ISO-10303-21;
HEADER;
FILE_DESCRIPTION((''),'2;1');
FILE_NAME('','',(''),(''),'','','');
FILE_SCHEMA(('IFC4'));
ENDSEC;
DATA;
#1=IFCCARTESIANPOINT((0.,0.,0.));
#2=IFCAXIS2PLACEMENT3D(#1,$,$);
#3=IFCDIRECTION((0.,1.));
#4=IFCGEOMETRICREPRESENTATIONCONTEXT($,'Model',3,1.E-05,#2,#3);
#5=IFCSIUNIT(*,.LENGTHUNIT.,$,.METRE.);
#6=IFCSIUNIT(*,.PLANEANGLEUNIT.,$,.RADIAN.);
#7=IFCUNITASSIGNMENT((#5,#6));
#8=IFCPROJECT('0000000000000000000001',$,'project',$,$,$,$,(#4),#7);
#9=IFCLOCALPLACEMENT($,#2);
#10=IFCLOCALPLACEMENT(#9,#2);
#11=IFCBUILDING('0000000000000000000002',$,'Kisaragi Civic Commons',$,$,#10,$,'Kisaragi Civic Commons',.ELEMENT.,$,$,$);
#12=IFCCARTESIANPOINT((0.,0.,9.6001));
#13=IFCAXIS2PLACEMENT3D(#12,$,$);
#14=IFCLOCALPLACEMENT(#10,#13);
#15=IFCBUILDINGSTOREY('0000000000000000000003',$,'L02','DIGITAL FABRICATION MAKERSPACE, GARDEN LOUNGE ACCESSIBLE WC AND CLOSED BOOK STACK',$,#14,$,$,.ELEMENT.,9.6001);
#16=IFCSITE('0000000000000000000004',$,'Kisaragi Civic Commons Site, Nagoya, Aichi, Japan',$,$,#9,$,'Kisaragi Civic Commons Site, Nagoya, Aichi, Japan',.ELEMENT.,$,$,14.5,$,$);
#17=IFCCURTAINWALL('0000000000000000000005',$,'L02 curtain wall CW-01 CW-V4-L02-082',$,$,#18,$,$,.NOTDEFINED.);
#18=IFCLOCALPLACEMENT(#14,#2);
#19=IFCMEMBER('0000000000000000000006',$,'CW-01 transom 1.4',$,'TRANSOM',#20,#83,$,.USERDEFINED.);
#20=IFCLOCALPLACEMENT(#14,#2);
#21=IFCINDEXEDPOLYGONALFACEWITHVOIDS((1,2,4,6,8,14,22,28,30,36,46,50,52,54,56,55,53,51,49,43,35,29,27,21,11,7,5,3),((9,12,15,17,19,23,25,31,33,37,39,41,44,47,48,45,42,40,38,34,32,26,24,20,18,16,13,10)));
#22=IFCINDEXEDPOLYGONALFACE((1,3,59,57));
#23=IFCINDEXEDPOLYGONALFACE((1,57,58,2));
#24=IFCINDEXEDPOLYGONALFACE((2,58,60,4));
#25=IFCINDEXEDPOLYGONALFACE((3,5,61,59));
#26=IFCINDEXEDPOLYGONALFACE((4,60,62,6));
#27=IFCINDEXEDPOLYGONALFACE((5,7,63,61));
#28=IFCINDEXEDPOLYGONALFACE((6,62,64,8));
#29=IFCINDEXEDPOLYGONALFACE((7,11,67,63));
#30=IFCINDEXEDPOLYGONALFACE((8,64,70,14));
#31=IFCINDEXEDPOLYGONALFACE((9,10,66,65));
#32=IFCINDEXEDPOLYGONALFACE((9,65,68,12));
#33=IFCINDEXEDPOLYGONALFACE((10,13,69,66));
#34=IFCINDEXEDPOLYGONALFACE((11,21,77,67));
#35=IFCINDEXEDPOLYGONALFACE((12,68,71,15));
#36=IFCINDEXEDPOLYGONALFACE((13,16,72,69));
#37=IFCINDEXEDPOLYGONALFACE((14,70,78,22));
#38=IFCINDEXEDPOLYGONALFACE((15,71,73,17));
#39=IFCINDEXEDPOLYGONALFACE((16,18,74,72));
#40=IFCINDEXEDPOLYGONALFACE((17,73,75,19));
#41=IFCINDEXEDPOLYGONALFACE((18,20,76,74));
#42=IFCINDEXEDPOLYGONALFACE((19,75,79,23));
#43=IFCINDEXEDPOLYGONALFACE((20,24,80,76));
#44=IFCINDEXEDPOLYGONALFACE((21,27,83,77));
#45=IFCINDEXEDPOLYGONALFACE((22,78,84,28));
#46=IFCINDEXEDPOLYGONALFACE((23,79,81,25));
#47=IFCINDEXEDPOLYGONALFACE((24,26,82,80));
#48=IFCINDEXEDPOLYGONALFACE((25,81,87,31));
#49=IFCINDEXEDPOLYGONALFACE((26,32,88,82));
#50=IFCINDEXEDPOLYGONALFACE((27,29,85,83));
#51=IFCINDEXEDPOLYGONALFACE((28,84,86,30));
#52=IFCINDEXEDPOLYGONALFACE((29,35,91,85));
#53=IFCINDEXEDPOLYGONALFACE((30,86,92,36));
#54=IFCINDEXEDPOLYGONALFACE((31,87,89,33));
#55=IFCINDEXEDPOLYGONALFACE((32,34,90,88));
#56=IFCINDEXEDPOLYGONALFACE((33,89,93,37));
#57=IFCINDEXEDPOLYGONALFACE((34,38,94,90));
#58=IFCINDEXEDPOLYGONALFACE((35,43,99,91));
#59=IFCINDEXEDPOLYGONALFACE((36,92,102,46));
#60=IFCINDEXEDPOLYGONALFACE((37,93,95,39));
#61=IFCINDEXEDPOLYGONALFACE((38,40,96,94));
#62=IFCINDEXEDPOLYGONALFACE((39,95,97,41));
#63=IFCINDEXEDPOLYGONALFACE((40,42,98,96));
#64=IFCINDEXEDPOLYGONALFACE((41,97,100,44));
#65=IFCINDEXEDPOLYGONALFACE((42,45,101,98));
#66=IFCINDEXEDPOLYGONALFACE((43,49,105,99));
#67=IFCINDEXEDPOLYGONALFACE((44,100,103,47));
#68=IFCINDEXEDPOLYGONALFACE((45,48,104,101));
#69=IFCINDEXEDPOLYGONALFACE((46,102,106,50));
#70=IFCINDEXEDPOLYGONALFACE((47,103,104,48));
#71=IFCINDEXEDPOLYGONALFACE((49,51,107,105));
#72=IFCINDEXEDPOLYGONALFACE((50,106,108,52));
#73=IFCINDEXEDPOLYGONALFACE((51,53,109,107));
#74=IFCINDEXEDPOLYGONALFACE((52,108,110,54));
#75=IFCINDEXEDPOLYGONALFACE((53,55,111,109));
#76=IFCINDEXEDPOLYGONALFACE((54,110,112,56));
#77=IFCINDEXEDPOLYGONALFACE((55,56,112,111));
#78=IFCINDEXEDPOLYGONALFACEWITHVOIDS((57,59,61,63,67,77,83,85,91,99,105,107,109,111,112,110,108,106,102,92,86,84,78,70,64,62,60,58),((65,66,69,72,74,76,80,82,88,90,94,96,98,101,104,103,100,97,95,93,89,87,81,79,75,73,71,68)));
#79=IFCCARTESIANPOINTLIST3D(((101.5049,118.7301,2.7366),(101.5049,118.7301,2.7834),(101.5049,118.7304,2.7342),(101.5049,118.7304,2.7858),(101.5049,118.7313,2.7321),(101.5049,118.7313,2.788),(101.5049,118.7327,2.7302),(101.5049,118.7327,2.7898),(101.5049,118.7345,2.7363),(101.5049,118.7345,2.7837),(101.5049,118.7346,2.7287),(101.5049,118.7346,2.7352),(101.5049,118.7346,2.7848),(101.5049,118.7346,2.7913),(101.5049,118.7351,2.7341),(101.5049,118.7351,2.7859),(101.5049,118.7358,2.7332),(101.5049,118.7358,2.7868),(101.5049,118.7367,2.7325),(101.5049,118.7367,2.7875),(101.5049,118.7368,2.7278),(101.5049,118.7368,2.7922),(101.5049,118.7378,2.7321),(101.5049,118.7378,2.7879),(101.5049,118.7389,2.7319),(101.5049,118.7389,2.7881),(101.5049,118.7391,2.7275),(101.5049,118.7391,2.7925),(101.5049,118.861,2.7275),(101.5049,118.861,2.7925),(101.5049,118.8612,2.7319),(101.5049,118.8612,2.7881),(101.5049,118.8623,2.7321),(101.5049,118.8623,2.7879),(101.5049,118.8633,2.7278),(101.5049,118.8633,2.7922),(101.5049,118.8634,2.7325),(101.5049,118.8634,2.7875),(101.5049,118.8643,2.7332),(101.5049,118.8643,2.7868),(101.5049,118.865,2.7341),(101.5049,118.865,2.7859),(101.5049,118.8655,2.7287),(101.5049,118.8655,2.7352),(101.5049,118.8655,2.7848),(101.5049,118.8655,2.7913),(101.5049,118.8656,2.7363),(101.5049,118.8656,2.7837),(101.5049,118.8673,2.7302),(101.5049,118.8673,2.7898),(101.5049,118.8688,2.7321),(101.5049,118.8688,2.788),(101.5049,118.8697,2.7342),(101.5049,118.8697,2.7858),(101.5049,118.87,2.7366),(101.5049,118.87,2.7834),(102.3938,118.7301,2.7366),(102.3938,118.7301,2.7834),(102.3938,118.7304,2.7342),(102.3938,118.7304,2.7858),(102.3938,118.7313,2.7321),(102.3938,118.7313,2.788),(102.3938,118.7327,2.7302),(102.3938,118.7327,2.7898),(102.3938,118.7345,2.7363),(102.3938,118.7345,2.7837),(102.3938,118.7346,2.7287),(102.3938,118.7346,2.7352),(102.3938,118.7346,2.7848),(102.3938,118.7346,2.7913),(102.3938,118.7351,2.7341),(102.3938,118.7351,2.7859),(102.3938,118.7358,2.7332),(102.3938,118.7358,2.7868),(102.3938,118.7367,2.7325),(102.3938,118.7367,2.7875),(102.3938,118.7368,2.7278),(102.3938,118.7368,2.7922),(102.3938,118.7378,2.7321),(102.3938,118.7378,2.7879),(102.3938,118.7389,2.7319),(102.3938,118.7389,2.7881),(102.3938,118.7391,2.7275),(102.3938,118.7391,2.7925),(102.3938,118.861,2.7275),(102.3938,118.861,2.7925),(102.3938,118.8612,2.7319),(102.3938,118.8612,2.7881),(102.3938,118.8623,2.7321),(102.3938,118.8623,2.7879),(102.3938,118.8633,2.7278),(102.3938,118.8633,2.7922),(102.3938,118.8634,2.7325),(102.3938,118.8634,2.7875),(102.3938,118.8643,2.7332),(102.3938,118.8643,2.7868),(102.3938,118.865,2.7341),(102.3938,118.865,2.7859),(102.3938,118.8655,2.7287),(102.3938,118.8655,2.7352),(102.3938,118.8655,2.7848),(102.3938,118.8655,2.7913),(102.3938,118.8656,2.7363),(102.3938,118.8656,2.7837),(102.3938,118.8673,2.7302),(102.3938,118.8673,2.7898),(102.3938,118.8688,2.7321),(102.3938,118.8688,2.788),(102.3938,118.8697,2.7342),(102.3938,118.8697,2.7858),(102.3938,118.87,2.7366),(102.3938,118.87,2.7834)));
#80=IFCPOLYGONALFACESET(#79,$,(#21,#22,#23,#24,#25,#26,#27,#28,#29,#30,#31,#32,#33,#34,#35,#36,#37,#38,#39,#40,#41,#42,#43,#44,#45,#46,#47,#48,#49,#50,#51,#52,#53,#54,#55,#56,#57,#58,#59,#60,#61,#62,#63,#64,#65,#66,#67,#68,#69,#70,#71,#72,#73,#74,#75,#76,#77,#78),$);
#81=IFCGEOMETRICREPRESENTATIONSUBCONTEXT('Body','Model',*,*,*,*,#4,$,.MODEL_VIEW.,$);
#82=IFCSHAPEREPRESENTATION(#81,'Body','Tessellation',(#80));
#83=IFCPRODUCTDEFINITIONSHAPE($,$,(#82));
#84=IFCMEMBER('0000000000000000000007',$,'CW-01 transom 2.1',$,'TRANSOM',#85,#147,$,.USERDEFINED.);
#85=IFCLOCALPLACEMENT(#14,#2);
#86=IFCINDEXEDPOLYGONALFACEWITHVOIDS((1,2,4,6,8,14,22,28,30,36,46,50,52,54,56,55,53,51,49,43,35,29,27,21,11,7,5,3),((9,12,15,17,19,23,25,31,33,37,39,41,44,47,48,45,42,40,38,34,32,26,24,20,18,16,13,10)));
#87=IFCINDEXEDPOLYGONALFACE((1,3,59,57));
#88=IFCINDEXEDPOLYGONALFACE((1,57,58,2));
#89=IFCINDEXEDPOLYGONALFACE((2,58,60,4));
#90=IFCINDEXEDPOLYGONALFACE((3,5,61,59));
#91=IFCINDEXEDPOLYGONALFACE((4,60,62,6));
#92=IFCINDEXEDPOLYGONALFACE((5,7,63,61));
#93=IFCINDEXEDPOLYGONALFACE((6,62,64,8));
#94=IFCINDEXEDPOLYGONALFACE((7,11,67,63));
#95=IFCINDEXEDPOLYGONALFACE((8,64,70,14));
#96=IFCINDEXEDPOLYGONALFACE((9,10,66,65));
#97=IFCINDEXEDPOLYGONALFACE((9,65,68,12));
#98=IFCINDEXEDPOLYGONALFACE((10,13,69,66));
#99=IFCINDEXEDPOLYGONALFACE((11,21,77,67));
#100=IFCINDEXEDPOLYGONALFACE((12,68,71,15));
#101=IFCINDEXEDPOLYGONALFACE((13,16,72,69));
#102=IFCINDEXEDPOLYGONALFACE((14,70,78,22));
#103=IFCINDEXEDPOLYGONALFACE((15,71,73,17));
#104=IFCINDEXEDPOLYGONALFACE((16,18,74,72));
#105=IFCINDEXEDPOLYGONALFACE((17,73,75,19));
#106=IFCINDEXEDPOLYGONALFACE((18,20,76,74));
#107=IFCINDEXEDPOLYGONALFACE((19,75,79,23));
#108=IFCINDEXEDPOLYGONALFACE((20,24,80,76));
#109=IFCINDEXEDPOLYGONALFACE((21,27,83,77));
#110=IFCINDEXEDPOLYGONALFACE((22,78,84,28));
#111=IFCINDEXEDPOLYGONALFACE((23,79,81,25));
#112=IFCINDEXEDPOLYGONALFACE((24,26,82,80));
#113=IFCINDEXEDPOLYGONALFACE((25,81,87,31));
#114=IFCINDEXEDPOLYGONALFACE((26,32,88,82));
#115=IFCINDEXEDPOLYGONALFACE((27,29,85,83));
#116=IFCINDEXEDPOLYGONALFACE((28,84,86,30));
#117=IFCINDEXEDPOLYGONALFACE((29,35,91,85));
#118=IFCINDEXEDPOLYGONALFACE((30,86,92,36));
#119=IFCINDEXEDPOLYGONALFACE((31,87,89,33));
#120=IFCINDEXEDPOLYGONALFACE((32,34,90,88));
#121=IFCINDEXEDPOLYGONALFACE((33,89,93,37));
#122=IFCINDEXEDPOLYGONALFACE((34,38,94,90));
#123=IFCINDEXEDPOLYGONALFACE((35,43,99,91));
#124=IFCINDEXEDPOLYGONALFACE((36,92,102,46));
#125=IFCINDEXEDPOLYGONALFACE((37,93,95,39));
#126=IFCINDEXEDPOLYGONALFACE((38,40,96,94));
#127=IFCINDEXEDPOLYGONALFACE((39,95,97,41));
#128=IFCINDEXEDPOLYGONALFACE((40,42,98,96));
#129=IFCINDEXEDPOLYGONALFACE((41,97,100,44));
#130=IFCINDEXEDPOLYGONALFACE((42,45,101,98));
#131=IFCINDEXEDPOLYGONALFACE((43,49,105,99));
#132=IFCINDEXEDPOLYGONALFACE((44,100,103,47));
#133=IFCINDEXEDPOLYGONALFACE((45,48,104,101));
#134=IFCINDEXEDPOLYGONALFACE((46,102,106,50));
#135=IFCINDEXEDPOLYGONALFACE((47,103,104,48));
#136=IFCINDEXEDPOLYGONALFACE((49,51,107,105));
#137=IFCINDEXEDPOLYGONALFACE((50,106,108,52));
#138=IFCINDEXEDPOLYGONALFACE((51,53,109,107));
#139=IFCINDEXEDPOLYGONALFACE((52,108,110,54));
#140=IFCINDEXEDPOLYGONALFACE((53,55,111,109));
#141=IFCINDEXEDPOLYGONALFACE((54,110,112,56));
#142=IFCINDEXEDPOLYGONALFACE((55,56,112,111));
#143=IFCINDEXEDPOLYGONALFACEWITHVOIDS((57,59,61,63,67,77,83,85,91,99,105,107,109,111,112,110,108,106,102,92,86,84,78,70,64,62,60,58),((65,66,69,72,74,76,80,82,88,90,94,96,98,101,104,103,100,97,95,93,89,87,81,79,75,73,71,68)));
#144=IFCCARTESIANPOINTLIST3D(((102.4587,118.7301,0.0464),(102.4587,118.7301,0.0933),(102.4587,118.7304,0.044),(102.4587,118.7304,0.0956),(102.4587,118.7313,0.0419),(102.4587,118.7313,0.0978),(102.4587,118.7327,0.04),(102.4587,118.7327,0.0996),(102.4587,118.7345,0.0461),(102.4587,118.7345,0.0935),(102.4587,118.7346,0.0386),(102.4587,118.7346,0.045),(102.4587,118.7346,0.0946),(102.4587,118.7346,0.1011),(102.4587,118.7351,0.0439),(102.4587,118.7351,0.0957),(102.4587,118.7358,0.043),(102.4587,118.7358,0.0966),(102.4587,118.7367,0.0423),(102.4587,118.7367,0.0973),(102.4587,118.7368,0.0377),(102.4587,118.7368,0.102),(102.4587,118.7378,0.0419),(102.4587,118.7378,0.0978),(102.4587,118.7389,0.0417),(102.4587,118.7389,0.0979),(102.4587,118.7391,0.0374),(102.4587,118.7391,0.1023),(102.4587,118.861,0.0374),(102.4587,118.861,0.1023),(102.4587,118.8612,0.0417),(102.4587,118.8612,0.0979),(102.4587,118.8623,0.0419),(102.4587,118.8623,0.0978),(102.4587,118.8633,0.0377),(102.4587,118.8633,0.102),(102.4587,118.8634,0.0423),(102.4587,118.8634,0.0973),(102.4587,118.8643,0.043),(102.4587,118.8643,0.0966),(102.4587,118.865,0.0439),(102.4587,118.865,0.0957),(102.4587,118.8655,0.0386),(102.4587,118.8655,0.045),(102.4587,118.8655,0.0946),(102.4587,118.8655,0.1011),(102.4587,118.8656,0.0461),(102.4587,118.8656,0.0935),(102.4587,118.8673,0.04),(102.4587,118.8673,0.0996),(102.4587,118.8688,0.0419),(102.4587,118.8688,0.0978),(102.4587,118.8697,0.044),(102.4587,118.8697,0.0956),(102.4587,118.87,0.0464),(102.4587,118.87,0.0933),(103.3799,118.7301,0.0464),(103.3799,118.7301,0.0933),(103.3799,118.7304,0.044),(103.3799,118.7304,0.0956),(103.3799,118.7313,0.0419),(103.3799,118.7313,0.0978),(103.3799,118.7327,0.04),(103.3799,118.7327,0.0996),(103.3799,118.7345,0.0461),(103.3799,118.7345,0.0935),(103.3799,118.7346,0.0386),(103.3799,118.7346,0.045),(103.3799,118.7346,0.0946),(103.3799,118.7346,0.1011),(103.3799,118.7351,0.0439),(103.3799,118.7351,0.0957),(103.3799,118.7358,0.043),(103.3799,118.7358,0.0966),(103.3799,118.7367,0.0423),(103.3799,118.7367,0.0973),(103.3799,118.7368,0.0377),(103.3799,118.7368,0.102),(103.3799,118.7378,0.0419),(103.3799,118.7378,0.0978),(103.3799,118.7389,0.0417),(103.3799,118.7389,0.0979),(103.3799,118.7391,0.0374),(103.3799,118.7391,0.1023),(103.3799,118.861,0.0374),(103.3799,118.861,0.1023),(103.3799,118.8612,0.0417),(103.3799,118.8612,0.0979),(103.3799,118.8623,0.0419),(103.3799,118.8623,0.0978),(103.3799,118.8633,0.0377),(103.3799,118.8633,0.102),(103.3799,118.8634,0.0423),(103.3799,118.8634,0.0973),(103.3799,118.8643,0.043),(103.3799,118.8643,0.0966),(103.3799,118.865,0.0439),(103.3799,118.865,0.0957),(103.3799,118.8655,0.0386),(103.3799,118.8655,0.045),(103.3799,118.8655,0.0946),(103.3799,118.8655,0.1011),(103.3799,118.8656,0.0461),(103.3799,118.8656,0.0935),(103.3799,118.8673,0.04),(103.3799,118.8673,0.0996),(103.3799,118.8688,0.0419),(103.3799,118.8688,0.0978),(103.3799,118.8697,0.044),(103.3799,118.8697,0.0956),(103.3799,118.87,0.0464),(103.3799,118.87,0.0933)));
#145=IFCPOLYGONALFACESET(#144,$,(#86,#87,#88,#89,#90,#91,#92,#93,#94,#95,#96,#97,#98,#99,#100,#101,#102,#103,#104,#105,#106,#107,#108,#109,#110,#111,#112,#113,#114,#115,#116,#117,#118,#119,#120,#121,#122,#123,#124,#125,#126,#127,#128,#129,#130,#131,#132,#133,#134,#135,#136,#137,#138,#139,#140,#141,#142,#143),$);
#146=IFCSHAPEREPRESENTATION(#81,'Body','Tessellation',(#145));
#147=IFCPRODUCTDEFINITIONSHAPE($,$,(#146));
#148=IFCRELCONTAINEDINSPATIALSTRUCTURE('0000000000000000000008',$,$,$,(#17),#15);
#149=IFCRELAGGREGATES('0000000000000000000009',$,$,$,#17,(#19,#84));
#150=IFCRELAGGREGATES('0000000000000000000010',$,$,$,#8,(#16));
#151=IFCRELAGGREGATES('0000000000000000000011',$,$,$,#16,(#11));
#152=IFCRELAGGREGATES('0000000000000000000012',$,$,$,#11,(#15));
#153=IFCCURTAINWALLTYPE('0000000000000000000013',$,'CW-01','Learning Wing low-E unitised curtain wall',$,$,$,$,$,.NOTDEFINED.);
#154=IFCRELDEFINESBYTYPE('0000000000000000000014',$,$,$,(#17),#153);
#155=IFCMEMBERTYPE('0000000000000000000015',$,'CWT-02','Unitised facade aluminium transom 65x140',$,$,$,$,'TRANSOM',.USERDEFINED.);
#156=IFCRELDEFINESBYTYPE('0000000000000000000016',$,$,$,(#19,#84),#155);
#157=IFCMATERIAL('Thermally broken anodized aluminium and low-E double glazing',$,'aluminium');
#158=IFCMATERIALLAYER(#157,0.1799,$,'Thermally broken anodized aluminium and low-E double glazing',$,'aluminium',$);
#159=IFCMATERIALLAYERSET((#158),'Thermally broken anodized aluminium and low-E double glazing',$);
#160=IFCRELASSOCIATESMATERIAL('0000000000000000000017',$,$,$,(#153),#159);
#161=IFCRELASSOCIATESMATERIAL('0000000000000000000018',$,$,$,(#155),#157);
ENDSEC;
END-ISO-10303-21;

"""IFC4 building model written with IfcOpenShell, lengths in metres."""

from ifc_helpers import new_model, si_unit, direction, frame, origin, origin_2d, place, context, subcontext, project, spatial, hollow_rectangle, extrude, material, layer, layer_set, material_profile, profile_set, type_object, element, aggregate, save


model = new_model("IFC4")

# Units and contexts
model_context = context("Model", 3, precision=1e-05, world=origin(), true_north=direction((0.0, 1.0)))
body_context = subcontext(model_context, "Body", "Model", "MODEL_VIEW")
ifc_project = project(units=[si_unit("LENGTHUNIT", "METRE"), si_unit("PLANEANGLEUNIT", "RADIAN")], contexts=[model_context])

# Site, building, storey
site_placement = place(None, origin())
site = spatial("IfcSite", under=ifc_project, at=site_placement, Name="Kisaragi Civic Commons Site, Nagoya, Aichi, Japan", LongName="Kisaragi Civic Commons Site, Nagoya, Aichi, Japan", CompositionType="ELEMENT", RefElevation=14.5)
building_placement = place(site_placement, origin())
building = spatial("IfcBuilding", under=site, at=building_placement, Name="Kisaragi Civic Commons", LongName="Kisaragi Civic Commons", CompositionType="ELEMENT")
storey_placement = place(building_placement, frame((0.0, 0.0, 9.6001)))
storey = spatial("IfcBuildingStorey", under=building, at=storey_placement, Name="L02", Description="DIGITAL FABRICATION MAKERSPACE, GARDEN LOUNGE ACCESSIBLE WC AND CLOSED BOOK STACK", CompositionType="ELEMENT", Elevation=9.6001)

# Curtain wall
ifc_material = material(Name="Thermally broken anodized aluminium and low-E double glazing", Category="aluminium")
ifc_layer_1 = layer(ifc_material, 0.1799, Name="Thermally broken anodized aluminium and low-E double glazing", Category="aluminium")
ifc_layer_set_1 = layer_set([ifc_layer_1], Name="Thermally broken anodized aluminium and low-E double glazing")
curtain_wall_type = type_object("IfcCurtainWallType", Name="CW-01", Description="Learning Wing low-E unitised curtain wall", PredefinedType="NOTDEFINED", material=ifc_layer_set_1)
curtain_wall_1_placement = place(storey_placement, origin())
curtain_wall_1 = element("IfcCurtainWall", 1, at=curtain_wall_1_placement, inside=storey, type_object=curtain_wall_type, Name="L02 curtain wall CW-01 CW-V4-L02-082", PredefinedType="NOTDEFINED")

# Members
ifc_material_profile_1 = material_profile(ifc_material, hollow_rectangle(XDim=0.1399, YDim=0.0649, WallThickness=0.0044, InnerFilletRadius=0.0044, OuterFilletRadius=0.009, at=origin_2d()), Name="CWT-65x140x4.5", Category="aluminium")
ifc_profile_set_1 = profile_set([ifc_material_profile_1], Name="Thermally broken anodized aluminium and low-E double glazing")
member_type_1 = type_object("IfcMemberType", Name="CWT-02", Description="Unitised facade aluminium transom 65x140", ElementType="TRANSOM", PredefinedType="USERDEFINED", material=ifc_profile_set_1)
member_1_placement = place(storey_placement, frame((101.5049, 118.8, 2.76), z_axis=(1.0, 0.0, 0.0), x_axis=(0.0, 1.0, 0.0)))
member_1 = element("IfcMember", 2, at=member_1_placement, type_object=member_type_1, Name="CW-01 transom 1.4", ObjectType="TRANSOM", PredefinedType="USERDEFINED", context=body_context, shape_type="SweptSolid", body=[
    extrude(hollow_rectangle(XDim=0.1399, YDim=0.0649, WallThickness=0.0044, InnerFilletRadius=0.0044, OuterFilletRadius=0.009, at=origin_2d()), origin(), (0.0, 0.0, 1.0), 0.8889),
])
member_2_placement = place(storey_placement, frame((102.4587, 118.8, 0.0698), z_axis=(1.0, 0.0, 0.0), x_axis=(0.0, 1.0, 0.0)))
member_2 = element("IfcMember", 3, at=member_2_placement, type_object=member_type_1, Name="CW-01 transom 2.1", ObjectType="TRANSOM", PredefinedType="USERDEFINED", context=body_context, shape_type="SweptSolid", body=[
    extrude(hollow_rectangle(XDim=0.1399, YDim=0.0649, WallThickness=0.0044, InnerFilletRadius=0.0044, OuterFilletRadius=0.009, at=origin_2d()), origin(), (0.0, 0.0, 1.0), 0.9211),
])

aggregate(curtain_wall_1, [member_1, member_2])

save(model, "model.ifc")
